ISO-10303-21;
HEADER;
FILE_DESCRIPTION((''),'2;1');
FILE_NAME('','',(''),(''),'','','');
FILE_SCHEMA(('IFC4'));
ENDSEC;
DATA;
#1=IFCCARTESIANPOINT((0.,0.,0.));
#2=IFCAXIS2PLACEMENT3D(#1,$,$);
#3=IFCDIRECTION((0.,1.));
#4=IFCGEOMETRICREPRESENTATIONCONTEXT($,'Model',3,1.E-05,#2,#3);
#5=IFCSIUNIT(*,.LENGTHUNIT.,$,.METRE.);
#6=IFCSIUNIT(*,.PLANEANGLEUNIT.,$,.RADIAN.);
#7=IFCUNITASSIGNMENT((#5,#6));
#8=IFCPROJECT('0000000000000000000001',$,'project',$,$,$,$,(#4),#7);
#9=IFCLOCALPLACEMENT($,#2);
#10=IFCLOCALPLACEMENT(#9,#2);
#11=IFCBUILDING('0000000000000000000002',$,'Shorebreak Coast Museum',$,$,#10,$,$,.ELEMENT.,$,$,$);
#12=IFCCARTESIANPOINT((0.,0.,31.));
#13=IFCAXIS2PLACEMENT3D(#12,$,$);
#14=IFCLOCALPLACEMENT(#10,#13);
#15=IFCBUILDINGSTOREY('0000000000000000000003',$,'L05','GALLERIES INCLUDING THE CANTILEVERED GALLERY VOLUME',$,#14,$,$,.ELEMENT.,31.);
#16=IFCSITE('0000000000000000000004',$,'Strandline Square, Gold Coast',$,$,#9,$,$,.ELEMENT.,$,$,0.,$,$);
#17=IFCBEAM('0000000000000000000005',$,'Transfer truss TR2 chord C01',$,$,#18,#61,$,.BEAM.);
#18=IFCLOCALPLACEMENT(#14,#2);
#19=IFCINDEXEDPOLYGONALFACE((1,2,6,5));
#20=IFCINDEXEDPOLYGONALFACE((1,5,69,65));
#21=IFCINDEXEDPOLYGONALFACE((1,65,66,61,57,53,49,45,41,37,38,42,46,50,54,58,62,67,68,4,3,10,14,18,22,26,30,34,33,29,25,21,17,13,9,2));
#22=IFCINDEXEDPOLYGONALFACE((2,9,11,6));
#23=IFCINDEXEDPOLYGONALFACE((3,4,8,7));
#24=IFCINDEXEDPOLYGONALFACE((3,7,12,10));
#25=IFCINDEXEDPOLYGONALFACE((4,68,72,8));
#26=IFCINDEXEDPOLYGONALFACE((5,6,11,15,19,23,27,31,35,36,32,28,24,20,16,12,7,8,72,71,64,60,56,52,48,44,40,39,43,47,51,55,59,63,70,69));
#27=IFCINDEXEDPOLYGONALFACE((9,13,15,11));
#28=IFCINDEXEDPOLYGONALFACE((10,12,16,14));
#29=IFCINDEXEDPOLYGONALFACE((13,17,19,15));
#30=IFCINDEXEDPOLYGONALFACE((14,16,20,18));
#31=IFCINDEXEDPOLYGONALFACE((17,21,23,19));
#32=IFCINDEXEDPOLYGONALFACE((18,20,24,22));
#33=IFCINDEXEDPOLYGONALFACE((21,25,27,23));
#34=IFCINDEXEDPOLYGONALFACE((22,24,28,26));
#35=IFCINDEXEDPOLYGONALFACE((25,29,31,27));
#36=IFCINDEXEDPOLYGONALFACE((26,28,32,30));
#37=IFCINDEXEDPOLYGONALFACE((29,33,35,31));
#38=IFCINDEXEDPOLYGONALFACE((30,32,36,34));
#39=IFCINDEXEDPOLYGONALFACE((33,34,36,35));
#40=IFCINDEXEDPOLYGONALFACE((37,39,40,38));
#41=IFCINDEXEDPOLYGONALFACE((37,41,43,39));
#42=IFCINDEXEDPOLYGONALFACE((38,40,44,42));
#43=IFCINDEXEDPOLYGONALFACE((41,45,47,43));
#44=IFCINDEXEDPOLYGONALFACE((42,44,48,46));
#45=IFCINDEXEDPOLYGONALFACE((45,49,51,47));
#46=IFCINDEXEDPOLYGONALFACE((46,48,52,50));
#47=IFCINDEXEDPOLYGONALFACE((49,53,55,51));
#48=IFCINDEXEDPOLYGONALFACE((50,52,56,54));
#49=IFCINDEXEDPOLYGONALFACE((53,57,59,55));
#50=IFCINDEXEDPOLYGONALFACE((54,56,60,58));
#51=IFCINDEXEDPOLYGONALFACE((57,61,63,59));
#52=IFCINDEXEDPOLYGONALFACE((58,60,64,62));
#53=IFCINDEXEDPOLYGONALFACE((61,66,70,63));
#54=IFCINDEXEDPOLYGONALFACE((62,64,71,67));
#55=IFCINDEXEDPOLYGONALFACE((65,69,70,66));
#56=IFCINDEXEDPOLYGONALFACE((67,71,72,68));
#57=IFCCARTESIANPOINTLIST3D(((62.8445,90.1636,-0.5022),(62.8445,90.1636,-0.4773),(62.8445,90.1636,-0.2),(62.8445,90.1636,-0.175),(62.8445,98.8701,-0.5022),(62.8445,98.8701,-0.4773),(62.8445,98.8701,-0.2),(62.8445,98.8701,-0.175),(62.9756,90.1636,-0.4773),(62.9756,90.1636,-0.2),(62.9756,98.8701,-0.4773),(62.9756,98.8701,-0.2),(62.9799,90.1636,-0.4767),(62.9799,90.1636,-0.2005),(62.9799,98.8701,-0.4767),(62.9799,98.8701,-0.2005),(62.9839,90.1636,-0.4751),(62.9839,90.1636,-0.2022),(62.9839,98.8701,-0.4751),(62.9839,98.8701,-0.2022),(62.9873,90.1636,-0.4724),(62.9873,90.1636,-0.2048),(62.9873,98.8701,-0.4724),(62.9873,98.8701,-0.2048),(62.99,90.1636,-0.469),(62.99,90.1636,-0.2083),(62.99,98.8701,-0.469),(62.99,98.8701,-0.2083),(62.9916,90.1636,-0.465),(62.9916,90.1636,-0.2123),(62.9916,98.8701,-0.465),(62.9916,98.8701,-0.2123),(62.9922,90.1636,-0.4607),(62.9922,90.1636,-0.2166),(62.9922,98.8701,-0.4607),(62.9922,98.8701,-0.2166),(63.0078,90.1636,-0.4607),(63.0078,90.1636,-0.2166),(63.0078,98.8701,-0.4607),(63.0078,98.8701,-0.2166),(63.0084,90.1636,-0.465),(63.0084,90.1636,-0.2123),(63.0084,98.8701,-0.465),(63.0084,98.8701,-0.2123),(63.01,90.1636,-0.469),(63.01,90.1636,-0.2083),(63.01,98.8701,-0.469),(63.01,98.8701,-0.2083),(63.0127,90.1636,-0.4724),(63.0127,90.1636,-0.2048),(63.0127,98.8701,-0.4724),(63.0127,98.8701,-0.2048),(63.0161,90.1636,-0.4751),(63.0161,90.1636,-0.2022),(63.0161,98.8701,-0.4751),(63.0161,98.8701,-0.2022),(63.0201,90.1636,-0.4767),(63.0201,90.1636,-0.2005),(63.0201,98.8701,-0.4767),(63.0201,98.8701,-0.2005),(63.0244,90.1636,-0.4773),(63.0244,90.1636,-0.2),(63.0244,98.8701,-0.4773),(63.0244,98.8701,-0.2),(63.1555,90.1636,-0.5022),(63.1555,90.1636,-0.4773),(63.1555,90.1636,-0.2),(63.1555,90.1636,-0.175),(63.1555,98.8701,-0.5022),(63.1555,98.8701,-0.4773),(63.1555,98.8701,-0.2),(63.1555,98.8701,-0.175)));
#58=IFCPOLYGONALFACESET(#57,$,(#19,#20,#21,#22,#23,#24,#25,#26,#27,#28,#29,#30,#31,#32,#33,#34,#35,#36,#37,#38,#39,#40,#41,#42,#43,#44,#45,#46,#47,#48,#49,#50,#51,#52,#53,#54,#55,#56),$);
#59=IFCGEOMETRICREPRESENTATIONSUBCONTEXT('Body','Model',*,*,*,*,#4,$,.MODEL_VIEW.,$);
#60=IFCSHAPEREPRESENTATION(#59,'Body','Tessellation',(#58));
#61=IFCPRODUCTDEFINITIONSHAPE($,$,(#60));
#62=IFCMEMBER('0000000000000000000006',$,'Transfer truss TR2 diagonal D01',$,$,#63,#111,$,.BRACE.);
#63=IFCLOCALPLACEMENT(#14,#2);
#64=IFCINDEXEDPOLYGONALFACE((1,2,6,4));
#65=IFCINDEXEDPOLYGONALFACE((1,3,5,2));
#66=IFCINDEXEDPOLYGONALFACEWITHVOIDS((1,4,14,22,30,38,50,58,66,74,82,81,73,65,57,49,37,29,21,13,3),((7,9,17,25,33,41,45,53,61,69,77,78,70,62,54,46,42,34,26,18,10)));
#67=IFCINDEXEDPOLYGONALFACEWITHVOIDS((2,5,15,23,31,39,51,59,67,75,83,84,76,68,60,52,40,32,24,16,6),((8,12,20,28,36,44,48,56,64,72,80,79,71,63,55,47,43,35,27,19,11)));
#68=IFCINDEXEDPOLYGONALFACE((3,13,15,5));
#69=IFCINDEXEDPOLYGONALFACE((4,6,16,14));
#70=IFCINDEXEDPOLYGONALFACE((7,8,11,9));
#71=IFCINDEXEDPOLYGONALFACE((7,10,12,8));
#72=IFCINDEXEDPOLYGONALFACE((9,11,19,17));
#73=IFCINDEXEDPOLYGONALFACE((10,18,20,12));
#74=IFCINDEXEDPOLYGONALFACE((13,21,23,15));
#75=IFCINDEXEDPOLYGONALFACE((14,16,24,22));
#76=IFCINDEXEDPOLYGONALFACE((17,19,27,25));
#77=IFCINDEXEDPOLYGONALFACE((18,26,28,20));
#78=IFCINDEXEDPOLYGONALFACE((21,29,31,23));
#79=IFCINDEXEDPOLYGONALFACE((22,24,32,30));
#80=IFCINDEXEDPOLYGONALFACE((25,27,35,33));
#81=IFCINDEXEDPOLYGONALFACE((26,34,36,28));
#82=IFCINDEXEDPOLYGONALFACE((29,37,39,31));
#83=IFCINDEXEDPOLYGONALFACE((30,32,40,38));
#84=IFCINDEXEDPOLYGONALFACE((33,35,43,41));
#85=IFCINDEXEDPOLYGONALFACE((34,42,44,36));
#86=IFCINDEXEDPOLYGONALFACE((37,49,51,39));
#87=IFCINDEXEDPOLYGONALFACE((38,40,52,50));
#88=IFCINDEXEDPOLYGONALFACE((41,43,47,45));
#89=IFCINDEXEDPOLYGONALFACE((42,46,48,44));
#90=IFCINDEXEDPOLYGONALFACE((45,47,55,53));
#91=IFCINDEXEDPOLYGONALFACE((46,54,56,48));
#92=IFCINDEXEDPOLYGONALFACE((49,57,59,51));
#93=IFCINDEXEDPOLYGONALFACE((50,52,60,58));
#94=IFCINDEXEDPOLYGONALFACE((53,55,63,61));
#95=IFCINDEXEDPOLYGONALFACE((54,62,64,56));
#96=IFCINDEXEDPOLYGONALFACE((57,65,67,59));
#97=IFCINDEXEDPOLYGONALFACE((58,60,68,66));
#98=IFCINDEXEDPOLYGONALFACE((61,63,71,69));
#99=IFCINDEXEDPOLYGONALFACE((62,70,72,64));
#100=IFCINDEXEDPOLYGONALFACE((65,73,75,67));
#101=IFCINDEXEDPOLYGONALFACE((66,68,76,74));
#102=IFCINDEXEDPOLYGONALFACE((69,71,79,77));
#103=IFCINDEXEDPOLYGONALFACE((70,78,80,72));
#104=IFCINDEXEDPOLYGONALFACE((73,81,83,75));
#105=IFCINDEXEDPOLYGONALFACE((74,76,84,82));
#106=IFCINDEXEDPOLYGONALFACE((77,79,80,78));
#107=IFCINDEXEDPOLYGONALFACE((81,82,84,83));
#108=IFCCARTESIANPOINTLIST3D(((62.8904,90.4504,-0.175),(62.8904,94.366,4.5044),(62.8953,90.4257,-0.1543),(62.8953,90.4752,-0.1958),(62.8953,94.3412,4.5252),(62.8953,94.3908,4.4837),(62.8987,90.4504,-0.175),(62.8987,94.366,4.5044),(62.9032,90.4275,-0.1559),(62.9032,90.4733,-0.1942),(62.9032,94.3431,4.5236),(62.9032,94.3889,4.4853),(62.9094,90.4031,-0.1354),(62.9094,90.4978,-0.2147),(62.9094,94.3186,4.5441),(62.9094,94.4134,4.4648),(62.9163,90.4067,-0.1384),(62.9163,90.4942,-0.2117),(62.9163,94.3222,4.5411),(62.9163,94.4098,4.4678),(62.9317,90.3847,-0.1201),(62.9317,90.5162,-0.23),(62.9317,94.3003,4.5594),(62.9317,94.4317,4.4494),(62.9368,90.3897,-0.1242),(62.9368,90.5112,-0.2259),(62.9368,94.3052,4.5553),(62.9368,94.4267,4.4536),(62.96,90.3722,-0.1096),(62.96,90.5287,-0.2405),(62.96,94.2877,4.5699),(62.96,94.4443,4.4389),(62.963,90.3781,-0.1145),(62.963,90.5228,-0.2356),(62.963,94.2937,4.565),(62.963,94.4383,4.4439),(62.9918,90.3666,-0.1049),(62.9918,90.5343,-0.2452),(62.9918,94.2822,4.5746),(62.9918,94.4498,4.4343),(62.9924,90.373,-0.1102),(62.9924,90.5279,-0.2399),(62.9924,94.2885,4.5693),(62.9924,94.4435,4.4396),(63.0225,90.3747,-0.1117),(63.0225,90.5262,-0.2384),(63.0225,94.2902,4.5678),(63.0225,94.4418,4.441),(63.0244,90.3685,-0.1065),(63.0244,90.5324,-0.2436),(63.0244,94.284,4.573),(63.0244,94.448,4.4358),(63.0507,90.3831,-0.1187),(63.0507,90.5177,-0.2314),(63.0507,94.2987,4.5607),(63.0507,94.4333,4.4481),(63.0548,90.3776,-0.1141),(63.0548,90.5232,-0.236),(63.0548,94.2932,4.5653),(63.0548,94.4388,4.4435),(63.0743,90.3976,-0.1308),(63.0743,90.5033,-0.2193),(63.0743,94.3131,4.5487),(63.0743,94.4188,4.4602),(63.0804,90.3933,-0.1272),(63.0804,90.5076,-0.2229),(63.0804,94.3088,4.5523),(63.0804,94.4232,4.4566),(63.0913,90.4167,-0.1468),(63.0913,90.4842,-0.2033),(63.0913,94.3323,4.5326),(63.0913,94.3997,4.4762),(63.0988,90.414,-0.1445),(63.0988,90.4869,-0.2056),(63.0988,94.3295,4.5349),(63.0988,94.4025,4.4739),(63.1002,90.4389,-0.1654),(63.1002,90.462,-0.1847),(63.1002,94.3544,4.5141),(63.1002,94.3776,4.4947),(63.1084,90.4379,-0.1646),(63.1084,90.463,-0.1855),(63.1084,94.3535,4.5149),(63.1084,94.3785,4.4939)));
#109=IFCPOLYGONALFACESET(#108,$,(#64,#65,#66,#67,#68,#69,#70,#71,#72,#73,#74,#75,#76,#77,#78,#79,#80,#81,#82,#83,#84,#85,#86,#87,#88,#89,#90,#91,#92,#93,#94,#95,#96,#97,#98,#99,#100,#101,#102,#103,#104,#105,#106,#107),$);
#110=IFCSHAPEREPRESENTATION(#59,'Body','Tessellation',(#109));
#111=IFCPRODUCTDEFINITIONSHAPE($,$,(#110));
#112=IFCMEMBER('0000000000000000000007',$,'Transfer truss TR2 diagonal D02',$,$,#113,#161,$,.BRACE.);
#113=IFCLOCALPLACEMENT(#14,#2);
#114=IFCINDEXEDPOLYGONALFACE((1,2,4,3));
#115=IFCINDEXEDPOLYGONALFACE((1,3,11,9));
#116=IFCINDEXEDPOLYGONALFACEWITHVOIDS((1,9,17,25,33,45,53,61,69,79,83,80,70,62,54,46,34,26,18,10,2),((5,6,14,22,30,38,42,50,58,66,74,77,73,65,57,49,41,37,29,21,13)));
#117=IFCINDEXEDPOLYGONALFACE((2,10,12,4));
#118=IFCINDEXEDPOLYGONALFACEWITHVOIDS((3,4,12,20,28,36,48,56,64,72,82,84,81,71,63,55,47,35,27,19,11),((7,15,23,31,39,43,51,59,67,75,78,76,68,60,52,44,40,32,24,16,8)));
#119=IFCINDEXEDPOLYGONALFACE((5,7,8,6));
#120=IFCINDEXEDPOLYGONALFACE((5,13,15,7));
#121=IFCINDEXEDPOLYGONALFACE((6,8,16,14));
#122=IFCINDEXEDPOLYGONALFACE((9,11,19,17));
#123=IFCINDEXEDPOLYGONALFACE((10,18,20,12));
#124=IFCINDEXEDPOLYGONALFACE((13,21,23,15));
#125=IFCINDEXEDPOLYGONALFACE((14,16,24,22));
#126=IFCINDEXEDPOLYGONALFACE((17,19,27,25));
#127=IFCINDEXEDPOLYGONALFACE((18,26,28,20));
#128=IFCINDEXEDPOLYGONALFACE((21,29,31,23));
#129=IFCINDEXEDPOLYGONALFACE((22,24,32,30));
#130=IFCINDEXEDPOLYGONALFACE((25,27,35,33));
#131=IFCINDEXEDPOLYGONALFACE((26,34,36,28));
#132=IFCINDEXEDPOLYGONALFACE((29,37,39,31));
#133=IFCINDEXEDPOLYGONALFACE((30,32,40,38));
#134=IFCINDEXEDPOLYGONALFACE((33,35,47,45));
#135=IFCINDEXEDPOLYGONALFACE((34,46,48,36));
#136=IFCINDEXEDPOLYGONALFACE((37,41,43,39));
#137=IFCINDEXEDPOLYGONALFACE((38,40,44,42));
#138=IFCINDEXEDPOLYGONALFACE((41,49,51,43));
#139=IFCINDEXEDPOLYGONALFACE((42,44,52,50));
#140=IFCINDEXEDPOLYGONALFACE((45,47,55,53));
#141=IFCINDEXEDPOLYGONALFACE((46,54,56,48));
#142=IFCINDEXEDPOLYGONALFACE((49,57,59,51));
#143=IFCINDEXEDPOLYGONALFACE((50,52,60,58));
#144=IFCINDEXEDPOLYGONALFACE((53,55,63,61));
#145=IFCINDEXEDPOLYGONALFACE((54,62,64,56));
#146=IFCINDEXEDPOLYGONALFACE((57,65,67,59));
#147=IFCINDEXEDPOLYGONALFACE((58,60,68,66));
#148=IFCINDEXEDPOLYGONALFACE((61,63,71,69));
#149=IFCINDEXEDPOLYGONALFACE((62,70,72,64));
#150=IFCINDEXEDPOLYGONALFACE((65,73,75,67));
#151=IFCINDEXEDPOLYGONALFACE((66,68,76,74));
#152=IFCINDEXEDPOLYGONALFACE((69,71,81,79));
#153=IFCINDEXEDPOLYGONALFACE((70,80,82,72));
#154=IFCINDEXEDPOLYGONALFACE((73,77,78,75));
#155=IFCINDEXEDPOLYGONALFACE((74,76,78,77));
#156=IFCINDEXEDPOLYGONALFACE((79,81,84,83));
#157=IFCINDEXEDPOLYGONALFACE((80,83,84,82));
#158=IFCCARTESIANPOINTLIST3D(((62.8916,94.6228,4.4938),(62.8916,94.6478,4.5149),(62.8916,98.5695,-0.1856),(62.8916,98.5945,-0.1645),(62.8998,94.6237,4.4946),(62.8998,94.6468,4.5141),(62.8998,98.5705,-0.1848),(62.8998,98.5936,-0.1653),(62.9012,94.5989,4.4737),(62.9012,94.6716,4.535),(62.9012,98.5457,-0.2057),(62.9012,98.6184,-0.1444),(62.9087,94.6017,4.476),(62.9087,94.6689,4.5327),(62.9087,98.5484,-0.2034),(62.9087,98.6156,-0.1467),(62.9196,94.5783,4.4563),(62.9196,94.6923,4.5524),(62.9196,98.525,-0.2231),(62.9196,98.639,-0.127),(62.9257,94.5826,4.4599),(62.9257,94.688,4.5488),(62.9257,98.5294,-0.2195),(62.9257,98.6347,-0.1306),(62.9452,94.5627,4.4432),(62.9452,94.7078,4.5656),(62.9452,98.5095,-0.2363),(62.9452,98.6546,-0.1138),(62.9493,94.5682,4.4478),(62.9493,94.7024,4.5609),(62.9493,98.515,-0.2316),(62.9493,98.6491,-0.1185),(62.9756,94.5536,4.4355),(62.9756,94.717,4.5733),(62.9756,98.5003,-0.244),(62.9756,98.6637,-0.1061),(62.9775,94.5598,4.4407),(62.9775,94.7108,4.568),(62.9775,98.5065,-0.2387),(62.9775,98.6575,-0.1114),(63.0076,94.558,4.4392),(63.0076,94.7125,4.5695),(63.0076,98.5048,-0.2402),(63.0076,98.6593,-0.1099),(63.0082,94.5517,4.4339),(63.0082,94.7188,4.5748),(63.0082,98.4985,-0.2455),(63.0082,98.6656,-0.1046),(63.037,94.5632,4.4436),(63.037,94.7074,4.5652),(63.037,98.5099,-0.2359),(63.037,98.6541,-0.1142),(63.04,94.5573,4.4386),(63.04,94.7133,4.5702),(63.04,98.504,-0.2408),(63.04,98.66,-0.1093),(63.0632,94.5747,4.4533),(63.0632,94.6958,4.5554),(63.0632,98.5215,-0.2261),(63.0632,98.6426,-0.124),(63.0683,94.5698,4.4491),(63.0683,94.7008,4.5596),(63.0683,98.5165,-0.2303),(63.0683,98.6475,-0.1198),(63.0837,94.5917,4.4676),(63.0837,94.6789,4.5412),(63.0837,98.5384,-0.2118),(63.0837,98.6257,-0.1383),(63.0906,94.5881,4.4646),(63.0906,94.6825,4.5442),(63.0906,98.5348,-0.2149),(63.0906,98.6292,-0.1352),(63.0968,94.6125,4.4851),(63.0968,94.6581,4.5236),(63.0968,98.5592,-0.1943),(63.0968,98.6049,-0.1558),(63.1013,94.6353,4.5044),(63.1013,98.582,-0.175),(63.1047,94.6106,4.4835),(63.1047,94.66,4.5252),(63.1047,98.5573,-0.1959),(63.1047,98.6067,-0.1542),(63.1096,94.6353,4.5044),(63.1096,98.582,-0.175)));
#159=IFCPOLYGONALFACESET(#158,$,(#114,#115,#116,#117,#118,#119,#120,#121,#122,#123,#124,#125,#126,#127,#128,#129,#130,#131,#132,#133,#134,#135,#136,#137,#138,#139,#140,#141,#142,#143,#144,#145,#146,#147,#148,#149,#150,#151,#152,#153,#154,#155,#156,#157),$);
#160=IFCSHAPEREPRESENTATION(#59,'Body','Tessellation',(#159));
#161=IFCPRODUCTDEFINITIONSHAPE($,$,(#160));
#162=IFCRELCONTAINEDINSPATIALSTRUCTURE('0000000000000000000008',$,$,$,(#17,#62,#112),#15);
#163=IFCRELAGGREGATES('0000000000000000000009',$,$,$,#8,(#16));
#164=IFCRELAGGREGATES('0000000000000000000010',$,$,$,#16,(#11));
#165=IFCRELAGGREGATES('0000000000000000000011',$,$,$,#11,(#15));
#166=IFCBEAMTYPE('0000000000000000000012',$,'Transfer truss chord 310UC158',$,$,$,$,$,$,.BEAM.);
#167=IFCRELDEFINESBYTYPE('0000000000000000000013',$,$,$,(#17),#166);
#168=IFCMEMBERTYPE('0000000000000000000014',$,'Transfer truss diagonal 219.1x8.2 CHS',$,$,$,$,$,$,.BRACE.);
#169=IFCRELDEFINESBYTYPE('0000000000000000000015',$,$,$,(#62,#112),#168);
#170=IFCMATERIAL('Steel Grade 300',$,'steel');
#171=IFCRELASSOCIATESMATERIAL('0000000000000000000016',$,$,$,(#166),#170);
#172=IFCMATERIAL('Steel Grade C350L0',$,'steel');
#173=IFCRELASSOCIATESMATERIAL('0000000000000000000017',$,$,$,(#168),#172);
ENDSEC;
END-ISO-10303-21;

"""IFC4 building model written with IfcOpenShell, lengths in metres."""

from ifc_helpers import new_model, si_unit, direction, frame, origin, origin_2d, place, context, subcontext, project, spatial, hollow_circle, i_section, extrude, material, material_profile, profile_set, type_object, element, save


model = new_model("IFC4")

# Units and contexts
model_context = context("Model", 3, precision=1e-05, world=origin(), true_north=direction((0.0, 1.0)))
body_context = subcontext(model_context, "Body", "Model", "MODEL_VIEW")
ifc_project = project(units=[si_unit("LENGTHUNIT", "METRE"), si_unit("PLANEANGLEUNIT", "RADIAN")], contexts=[model_context])

# Site, building, storey
site_placement = place(None, origin())
site = spatial("IfcSite", under=ifc_project, at=site_placement, Name="Strandline Square, Gold Coast", CompositionType="ELEMENT", RefElevation=0.0)
building_placement = place(site_placement, origin())
building = spatial("IfcBuilding", under=site, at=building_placement, Name="Shorebreak Coast Museum", CompositionType="ELEMENT")
storey_placement = place(building_placement, frame((0.0, 0.0, 31.0)))
storey = spatial("IfcBuildingStorey", under=building, at=storey_placement, Name="L05", Description="GALLERIES INCLUDING THE CANTILEVERED GALLERY VOLUME", CompositionType="ELEMENT", Elevation=31.0)

# Beam
ifc_material_1 = material(Name="Steel Grade 300", Category="steel")
ifc_material_profile_1 = material_profile(ifc_material_1, i_section(OverallWidth=0.311, OverallDepth=0.3271, WebThickness=0.0156, FlangeThickness=0.0249, FilletRadius=0.0166, at=origin_2d()), Name="310UC158")
ifc_profile_set_1 = profile_set([ifc_material_profile_1], Name="Steel Grade 300")
beam_type_1 = type_object("IfcBeamType", Name="Transfer truss chord 310UC158", PredefinedType="BEAM", material=ifc_profile_set_1)
beam_1_placement = place(storey_placement, frame((63.0, 90.1636, -0.3386), z_axis=(0.0, 1.0, 0.0), x_axis=(-1.0, 0.0, 0.0)))
element("IfcBeam", 1, at=beam_1_placement, inside=storey, type_object=beam_type_1, Name="Transfer truss TR2 chord C01", PredefinedType="BEAM", context=body_context, shape_type="SweptSolid", body=[
    extrude(i_section(OverallWidth=0.311, OverallDepth=0.3271, WebThickness=0.0156, FlangeThickness=0.0249, FilletRadius=0.0166, at=origin_2d()), origin(), (0.0, 0.0, 1.0), 8.7065),
])

# Members
ifc_material_2 = material(Name="Steel Grade C350L0", Category="steel")
ifc_material_profile_2 = material_profile(ifc_material_2, hollow_circle(Radius=0.1096, WallThickness=0.0083, at=origin_2d()), Name="219.1x8.2 CHS")
ifc_profile_set_2 = profile_set([ifc_material_profile_2], Name="Steel Grade C350L0")
member_type_1 = type_object("IfcMemberType", Name="Transfer truss diagonal 219.1x8.2 CHS", PredefinedType="BRACE", material=ifc_profile_set_2)
member_1_placement = place(storey_placement, frame((63.0, 90.4504, -0.175), z_axis=(0.0, 0.64173, 0.766931), x_axis=(-1.0, 0.0, 0.0)))
element("IfcMember", 2, at=member_1_placement, inside=storey, type_object=member_type_1, Name="Transfer truss TR2 diagonal D01", PredefinedType="BRACE", context=body_context, shape_type="SweptSolid", body=[
    extrude(hollow_circle(Radius=0.1096, WallThickness=0.0083, at=origin_2d()), origin(), (0.0, 0.0, 1.0), 6.1016),
])
member_2_placement = place(storey_placement, frame((63.0, 98.582, -0.175), z_axis=(0.0, -0.644728, 0.764412), x_axis=(1.0, 0.0, 0.0)))
element("IfcMember", 3, at=member_2_placement, inside=storey, type_object=member_type_1, Name="Transfer truss TR2 diagonal D02", PredefinedType="BRACE", context=body_context, shape_type="SweptSolid", body=[
    extrude(hollow_circle(Radius=0.1096, WallThickness=0.0083, at=origin_2d()), origin(), (0.0, 0.0, 1.0), 6.1216),
])

save(model, "model.ifc")
